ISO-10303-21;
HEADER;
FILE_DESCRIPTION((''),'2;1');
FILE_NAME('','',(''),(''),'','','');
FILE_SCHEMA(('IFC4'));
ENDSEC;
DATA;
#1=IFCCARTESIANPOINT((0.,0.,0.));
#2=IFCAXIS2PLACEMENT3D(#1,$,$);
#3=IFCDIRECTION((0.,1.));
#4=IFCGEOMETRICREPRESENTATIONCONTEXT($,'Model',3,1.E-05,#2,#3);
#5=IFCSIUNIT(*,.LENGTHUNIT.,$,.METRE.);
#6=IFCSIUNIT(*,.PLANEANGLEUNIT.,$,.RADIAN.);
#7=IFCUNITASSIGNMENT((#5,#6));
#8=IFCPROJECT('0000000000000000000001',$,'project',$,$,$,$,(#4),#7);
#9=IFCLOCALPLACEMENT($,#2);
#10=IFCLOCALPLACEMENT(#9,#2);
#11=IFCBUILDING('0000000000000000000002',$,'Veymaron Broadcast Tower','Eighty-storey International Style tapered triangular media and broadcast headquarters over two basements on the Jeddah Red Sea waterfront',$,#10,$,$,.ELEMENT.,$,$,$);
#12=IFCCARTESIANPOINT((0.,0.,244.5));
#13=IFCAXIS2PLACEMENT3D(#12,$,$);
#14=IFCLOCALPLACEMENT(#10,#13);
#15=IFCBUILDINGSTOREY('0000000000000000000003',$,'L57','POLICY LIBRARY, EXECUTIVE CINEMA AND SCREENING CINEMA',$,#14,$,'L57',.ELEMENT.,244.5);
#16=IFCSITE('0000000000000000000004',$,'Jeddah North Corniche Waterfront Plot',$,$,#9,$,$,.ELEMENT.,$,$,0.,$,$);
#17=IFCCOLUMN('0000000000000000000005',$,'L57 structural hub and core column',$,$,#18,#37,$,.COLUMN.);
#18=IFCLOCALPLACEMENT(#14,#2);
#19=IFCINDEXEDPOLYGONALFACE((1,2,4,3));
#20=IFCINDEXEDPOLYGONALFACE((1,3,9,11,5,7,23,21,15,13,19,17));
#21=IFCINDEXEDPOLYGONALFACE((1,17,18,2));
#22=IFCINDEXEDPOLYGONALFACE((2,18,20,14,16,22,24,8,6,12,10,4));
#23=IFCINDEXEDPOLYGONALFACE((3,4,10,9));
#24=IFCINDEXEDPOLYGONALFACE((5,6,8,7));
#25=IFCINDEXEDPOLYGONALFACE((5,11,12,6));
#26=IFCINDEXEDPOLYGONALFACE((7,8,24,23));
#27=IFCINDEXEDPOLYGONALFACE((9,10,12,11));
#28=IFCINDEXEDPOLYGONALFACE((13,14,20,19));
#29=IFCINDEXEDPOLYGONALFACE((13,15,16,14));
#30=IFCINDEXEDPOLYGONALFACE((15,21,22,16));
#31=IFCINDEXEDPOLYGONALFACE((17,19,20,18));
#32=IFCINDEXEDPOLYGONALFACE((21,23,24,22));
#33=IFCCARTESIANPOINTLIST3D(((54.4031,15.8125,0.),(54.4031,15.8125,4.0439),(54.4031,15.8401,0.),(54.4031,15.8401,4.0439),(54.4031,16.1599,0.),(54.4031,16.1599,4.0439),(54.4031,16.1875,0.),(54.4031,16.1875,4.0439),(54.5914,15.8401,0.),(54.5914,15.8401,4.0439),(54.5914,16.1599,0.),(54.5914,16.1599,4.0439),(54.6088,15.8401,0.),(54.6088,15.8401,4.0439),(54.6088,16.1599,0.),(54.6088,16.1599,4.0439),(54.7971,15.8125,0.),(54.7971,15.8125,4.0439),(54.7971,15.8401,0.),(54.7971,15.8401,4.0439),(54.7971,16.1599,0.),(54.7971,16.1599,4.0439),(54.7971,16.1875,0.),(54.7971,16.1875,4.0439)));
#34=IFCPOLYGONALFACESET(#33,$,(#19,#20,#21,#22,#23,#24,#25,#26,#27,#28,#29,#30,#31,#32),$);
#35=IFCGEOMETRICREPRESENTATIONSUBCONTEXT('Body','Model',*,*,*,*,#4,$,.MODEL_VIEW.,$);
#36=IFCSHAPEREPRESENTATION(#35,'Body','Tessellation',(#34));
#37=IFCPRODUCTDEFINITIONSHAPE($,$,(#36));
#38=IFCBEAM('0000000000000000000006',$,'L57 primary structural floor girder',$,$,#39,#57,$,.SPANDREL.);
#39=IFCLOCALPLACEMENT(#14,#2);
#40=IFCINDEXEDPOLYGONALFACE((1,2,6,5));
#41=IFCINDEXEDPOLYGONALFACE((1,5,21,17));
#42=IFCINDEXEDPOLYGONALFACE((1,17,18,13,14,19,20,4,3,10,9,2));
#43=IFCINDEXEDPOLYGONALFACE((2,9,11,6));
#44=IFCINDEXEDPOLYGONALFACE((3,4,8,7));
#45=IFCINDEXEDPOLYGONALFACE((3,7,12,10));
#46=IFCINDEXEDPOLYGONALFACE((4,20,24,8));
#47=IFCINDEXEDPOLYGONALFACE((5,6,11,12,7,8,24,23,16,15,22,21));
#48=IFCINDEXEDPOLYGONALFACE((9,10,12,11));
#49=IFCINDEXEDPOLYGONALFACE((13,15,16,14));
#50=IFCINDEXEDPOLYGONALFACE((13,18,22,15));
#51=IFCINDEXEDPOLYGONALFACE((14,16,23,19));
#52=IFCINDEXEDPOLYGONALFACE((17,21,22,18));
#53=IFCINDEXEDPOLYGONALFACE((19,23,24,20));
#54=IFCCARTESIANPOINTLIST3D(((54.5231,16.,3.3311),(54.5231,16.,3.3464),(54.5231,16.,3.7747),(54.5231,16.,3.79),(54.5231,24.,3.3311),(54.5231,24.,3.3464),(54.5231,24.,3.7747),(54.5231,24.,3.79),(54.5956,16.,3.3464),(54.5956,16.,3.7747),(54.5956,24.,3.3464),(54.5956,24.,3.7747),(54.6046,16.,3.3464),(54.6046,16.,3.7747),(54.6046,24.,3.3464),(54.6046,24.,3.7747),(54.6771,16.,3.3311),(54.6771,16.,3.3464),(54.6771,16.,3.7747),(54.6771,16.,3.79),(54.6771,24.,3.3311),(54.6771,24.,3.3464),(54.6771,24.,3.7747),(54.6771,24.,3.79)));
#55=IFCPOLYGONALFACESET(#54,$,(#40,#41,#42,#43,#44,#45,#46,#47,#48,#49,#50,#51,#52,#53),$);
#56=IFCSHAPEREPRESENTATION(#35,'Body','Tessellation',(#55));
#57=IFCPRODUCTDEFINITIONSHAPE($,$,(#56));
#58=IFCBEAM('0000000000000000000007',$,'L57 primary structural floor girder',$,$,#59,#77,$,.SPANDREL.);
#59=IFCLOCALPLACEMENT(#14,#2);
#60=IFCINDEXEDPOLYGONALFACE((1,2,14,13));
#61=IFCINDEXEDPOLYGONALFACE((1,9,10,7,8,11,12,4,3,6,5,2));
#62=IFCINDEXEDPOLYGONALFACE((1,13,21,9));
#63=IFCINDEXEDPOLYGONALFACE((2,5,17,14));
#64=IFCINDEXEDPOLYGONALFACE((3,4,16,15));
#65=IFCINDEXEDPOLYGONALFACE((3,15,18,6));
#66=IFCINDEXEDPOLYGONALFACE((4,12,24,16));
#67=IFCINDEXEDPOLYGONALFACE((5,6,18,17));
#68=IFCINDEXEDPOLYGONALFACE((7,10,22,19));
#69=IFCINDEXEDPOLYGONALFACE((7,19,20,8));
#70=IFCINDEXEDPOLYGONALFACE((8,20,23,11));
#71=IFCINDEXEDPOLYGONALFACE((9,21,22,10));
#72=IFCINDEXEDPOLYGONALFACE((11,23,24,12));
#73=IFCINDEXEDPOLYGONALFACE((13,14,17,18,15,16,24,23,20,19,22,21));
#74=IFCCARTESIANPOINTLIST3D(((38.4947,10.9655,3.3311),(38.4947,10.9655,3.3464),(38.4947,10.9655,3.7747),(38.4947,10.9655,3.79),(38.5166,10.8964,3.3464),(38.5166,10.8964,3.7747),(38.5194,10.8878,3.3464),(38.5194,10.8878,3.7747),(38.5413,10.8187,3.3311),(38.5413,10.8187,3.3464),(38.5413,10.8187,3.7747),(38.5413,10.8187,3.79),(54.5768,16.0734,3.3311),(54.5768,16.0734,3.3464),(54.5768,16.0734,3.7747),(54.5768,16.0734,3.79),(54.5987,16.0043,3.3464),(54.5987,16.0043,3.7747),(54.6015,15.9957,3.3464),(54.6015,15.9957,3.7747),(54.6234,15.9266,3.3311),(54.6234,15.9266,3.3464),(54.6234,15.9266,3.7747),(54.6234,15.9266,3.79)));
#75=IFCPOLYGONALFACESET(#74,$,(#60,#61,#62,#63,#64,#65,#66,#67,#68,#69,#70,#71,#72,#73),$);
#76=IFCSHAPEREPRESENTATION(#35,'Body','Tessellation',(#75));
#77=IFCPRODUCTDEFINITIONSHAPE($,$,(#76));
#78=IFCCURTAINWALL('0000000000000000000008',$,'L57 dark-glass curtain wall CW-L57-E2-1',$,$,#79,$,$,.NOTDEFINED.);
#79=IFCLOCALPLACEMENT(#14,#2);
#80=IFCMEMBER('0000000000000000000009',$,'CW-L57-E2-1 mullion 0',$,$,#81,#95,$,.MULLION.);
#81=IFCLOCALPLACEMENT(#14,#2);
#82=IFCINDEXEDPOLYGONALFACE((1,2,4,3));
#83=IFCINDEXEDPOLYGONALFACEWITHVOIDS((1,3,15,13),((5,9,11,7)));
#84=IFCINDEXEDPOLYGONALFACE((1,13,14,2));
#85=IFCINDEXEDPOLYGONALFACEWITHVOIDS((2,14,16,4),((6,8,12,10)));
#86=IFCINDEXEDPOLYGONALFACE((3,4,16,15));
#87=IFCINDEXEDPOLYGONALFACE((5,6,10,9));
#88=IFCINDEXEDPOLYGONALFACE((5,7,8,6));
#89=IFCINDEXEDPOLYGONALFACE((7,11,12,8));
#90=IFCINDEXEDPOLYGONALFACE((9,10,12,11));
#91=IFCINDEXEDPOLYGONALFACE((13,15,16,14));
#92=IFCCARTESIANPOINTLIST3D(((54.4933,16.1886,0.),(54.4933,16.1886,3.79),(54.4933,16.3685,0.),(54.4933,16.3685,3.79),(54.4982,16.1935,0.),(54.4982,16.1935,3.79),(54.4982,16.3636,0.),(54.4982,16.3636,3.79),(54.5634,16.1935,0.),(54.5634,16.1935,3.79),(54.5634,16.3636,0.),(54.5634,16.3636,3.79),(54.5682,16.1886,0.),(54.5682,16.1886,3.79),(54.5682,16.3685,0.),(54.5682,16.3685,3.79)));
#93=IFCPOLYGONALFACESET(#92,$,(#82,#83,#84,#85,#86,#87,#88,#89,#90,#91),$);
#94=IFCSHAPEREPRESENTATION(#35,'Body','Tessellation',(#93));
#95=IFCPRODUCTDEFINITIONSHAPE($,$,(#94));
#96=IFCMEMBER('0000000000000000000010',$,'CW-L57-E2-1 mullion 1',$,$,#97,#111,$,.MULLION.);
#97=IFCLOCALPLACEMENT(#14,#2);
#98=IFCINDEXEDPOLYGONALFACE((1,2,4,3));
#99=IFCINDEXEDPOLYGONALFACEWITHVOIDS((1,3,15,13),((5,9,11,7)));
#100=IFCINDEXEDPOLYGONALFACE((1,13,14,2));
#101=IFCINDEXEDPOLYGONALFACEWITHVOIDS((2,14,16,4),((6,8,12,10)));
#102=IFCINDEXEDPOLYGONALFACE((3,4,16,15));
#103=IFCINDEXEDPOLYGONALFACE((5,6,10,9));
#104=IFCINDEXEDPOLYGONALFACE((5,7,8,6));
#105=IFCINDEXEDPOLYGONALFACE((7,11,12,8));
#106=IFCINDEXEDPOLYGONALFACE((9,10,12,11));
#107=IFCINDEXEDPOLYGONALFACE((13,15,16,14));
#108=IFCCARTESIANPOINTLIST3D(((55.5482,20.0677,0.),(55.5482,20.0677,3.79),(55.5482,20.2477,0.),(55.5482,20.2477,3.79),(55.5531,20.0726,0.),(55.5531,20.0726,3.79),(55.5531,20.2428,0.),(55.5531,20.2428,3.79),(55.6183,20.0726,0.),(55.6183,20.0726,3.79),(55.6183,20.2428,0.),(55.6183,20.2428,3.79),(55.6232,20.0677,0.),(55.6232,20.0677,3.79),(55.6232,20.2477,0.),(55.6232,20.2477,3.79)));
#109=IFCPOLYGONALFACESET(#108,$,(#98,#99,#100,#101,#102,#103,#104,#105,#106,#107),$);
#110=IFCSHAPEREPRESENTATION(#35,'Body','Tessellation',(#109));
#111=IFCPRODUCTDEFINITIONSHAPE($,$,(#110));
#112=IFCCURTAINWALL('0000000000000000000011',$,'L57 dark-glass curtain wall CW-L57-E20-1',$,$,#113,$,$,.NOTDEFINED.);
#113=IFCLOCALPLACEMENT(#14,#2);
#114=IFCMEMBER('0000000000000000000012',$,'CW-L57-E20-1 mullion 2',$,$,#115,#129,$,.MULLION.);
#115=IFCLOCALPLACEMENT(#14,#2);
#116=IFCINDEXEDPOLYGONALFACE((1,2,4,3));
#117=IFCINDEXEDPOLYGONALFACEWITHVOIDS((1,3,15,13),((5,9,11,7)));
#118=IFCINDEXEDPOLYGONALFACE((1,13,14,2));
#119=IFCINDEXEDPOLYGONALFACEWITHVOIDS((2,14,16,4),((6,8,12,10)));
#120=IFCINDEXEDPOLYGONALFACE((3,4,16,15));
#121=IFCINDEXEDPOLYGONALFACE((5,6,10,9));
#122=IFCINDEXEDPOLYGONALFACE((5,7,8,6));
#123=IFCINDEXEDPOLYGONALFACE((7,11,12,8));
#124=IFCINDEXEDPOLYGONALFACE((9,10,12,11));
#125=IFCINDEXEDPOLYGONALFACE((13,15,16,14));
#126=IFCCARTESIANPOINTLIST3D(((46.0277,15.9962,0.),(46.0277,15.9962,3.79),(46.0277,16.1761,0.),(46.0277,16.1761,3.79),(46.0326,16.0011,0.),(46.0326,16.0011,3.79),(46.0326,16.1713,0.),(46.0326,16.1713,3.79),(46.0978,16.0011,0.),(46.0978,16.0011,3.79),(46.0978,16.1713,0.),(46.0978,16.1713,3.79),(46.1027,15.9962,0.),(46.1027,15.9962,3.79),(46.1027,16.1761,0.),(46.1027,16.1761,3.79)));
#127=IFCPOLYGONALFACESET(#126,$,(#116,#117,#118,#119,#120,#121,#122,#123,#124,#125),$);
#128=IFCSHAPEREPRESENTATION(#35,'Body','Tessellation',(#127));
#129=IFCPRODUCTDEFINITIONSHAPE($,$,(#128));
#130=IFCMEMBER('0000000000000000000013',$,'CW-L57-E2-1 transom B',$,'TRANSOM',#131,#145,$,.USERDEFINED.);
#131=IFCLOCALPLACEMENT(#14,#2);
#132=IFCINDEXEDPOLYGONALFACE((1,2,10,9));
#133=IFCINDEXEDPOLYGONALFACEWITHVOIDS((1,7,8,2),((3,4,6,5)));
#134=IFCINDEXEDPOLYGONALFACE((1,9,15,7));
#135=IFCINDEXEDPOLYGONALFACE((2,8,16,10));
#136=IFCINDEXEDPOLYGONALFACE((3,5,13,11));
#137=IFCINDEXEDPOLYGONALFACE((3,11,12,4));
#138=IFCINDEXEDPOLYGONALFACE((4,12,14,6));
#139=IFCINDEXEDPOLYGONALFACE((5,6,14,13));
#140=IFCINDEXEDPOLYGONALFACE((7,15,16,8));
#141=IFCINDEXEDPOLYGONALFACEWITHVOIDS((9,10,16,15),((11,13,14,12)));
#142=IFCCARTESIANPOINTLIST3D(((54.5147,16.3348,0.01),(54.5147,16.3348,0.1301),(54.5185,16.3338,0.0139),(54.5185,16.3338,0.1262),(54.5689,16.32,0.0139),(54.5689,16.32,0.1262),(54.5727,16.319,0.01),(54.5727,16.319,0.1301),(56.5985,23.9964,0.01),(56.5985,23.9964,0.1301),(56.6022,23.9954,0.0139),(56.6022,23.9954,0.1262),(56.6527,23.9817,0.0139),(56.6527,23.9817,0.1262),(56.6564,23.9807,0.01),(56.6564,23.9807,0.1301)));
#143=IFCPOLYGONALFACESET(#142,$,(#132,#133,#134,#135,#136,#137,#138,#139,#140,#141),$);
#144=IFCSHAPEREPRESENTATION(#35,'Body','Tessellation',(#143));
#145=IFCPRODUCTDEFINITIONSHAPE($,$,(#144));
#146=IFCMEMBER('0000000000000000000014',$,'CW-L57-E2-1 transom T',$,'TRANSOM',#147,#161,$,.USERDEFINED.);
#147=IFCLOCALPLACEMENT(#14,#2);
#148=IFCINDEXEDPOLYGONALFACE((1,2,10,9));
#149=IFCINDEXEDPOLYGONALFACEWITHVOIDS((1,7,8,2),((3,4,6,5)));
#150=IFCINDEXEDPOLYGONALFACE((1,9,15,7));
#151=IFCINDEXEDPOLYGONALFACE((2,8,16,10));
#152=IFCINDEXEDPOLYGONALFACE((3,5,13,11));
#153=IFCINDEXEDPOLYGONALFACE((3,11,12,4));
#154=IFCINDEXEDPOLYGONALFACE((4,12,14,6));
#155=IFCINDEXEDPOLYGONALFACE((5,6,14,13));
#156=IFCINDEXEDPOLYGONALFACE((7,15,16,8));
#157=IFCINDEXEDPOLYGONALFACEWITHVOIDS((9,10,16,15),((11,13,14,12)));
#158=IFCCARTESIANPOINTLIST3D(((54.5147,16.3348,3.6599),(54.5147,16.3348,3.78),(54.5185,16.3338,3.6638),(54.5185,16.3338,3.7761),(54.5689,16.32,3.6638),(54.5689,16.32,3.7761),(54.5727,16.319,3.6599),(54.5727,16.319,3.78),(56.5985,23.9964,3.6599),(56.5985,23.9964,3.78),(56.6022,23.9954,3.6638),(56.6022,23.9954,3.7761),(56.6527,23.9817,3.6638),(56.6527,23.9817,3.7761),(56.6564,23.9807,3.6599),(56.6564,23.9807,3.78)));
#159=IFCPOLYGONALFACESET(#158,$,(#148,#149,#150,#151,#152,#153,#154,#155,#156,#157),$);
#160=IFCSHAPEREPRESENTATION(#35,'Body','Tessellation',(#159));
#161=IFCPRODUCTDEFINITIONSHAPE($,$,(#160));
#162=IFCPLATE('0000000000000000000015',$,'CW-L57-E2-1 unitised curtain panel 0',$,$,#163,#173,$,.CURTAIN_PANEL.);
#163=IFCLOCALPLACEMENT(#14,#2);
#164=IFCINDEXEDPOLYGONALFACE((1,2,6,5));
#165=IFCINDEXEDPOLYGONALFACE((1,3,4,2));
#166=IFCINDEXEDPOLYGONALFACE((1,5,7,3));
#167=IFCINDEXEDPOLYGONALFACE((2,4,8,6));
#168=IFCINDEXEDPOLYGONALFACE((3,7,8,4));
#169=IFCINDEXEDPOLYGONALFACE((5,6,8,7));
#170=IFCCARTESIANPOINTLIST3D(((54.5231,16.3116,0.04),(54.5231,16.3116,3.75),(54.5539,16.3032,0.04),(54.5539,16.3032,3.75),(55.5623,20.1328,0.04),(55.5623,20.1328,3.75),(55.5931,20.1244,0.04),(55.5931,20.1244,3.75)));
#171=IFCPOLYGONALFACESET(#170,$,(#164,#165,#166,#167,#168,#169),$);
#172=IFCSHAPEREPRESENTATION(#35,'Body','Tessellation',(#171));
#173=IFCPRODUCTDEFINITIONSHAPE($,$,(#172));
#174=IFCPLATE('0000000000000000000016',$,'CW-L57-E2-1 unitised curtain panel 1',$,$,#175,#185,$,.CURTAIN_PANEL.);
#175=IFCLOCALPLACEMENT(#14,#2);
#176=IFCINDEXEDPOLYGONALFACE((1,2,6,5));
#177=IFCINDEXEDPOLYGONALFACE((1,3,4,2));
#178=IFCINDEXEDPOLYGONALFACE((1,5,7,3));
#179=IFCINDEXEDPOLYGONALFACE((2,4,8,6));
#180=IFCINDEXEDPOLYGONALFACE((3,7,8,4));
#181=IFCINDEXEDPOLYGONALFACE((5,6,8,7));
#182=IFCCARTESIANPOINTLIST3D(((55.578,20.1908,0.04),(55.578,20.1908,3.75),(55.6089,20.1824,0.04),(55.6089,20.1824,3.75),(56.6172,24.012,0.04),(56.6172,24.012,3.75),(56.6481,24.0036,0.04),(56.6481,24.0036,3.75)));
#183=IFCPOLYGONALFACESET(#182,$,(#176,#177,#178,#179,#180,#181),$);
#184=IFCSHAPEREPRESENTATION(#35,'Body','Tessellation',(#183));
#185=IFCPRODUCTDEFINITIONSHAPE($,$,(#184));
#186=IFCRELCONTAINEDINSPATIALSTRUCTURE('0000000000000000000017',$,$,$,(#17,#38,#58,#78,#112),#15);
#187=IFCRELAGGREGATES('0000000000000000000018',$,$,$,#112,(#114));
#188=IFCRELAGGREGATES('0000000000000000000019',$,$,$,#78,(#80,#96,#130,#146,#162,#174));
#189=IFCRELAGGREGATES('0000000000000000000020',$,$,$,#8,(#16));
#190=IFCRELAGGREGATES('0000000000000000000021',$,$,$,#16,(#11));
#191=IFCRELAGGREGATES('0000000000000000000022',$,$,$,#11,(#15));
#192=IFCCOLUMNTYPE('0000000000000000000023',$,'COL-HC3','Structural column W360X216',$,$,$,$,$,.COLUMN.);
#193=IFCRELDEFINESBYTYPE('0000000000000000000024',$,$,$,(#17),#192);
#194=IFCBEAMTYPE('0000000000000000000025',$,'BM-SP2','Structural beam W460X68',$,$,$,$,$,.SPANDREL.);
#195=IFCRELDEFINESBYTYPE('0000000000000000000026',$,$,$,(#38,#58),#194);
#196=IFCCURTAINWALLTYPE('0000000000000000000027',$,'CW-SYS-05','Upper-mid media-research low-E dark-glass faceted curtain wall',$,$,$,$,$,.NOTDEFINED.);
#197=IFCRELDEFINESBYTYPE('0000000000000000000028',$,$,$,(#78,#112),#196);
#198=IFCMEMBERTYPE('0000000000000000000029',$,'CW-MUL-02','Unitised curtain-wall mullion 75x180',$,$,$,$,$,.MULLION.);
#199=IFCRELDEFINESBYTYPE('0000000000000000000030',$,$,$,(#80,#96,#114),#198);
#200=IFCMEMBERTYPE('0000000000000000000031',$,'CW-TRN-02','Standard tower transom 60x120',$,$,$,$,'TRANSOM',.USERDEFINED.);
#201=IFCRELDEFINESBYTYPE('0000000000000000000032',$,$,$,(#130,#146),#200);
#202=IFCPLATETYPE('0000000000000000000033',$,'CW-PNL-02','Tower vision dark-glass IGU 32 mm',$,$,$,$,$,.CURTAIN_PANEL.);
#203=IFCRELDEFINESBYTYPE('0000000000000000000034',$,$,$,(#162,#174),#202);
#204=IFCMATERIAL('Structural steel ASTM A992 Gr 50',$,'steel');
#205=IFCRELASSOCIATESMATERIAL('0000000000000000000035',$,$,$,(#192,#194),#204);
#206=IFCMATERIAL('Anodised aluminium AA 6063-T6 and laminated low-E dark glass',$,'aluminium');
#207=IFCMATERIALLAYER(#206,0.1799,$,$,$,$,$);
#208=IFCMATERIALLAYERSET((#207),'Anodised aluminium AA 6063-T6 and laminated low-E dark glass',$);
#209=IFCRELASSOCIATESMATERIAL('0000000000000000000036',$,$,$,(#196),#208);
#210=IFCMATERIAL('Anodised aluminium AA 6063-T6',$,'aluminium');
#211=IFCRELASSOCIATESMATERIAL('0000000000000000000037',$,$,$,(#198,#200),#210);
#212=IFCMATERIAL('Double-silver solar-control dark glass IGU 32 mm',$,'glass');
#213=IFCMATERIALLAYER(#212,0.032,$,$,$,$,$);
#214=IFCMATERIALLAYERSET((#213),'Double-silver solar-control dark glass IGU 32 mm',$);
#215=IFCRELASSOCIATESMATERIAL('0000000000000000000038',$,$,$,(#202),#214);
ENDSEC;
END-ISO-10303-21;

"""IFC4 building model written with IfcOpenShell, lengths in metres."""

from ifc_helpers import new_model, si_unit, direction, frame, origin, origin_2d, place, context, subcontext, project, spatial, rectangle, hollow_rectangle, i_section, extrude, material, layer, layer_set, material_profile, profile_set, type_object, element, aggregate, save


model = new_model("IFC4")

# Units and contexts
model_context = context("Model", 3, precision=1e-05, world=origin(), true_north=direction((0.0, 1.0)))
body_context = subcontext(model_context, "Body", "Model", "MODEL_VIEW")
ifc_project = project(units=[si_unit("LENGTHUNIT", "METRE"), si_unit("PLANEANGLEUNIT", "RADIAN")], contexts=[model_context])

# Site, building, storey
site_placement = place(None, origin())
site = spatial("IfcSite", under=ifc_project, at=site_placement, Name="Jeddah North Corniche Waterfront Plot", CompositionType="ELEMENT", RefElevation=0.0)
building_placement = place(site_placement, origin())
building = spatial("IfcBuilding", under=site, at=building_placement, Name="Veymaron Broadcast Tower", Description="Eighty-storey International Style tapered triangular media and broadcast headquarters over two basements on the Jeddah Red Sea waterfront", CompositionType="ELEMENT")
storey_placement = place(building_placement, frame((0.0, 0.0, 244.5)))
storey = spatial("IfcBuildingStorey", under=building, at=storey_placement, Name="L57", Description="POLICY LIBRARY, EXECUTIVE CINEMA AND SCREENING CINEMA", LongName="L57", CompositionType="ELEMENT", Elevation=244.5)

# Column
ifc_material_1 = material(Name="Structural steel ASTM A992 Gr 50", Category="steel")
ifc_material_profile_1 = material_profile(ifc_material_1, i_section(OverallWidth=0.394, OverallDepth=0.375, WebThickness=0.0173, FlangeThickness=0.0276, at=origin_2d()), Name="W360X216")
ifc_profile_set_1 = profile_set([ifc_material_profile_1], Name="Structural steel ASTM A992 Gr 50")
column_type = type_object("IfcColumnType", Name="COL-HC3", Description="Structural column W360X216", PredefinedType="COLUMN", material=ifc_profile_set_1)
column_placement = place(storey_placement, frame((54.6001, 16.0, 0.0), z_axis=(0.0, 0.0, 1.0), x_axis=(1.0, 0.0, 0.0)))
element("IfcColumn", 1, at=column_placement, inside=storey, type_object=column_type, Name="L57 structural hub and core column", PredefinedType="COLUMN", context=body_context, shape_type="SweptSolid", body=[
    extrude(i_section(OverallWidth=0.394, OverallDepth=0.375, WebThickness=0.0173, FlangeThickness=0.0276, at=origin_2d()), origin(), (0.0, 0.0, 1.0), 4.0439),
])

# Beams
ifc_material_profile_2 = material_profile(ifc_material_1, i_section(OverallWidth=0.1541, OverallDepth=0.459, WebThickness=0.009, FlangeThickness=0.0154, at=origin_2d()), Name="W460X68")
ifc_profile_set_2 = profile_set([ifc_material_profile_2], Name="Structural steel ASTM A992 Gr 50")
beam_type = type_object("IfcBeamType", Name="BM-SP2", Description="Structural beam W460X68", PredefinedType="SPANDREL", material=ifc_profile_set_2)
beam_1_placement = place(storey_placement, frame((54.6001, 16.0, 3.5605), z_axis=(0.0, 1.0, 0.0), x_axis=(-1.0, 0.0, 0.0)))
element("IfcBeam", 2, at=beam_1_placement, inside=storey, type_object=beam_type, Name="L57 primary structural floor girder", PredefinedType="SPANDREL", context=body_context, shape_type="SweptSolid", body=[
    extrude(i_section(OverallWidth=0.1541, OverallDepth=0.459, WebThickness=0.009, FlangeThickness=0.0154, at=origin_2d()), origin(), (0.0, 0.0, 1.0), 8.0),
])
beam_2_placement = place(storey_placement, frame((54.6001, 16.0, 3.5605), z_axis=(-0.953081, -0.302714, 0.0), x_axis=(0.302714, -0.953081, 0.0)))
element("IfcBeam", 3, at=beam_2_placement, inside=storey, type_object=beam_type, Name="L57 primary structural floor girder", PredefinedType="SPANDREL", context=body_context, shape_type="SweptSolid", body=[
    extrude(i_section(OverallWidth=0.1541, OverallDepth=0.459, WebThickness=0.009, FlangeThickness=0.0154, at=origin_2d()), origin(), (0.0, 0.0, 1.0), 16.8738),
])

# Curtain wall, members
ifc_material_2 = material(Name="Anodised aluminium AA 6063-T6 and laminated low-E dark glass", Category="aluminium")
ifc_layer_1 = layer(ifc_material_2, 0.1799)
ifc_layer_set_1 = layer_set([ifc_layer_1], Name="Anodised aluminium AA 6063-T6 and laminated low-E dark glass")
curtain_wall_type = type_object("IfcCurtainWallType", Name="CW-SYS-05", Description="Upper-mid media-research low-E dark-glass faceted curtain wall", PredefinedType="NOTDEFINED", material=ifc_layer_set_1)
curtain_wall_1_placement = place(storey_placement, origin())
curtain_wall_1 = element("IfcCurtainWall", 4, at=curtain_wall_1_placement, inside=storey, type_object=curtain_wall_type, Name="L57 dark-glass curtain wall CW-L57-E2-1", PredefinedType="NOTDEFINED")
ifc_material_3 = material(Name="Anodised aluminium AA 6063-T6", Category="aluminium")
ifc_material_profile_3 = material_profile(ifc_material_3, hollow_rectangle(XDim=0.075, YDim=0.1799, WallThickness=0.0049, at=origin_2d()), Name="AL180X75X5")
ifc_profile_set_3 = profile_set([ifc_material_profile_3], Name="Anodised aluminium AA 6063-T6")
member_type_1 = type_object("IfcMemberType", Name="CW-MUL-02", Description="Unitised curtain-wall mullion 75x180", PredefinedType="MULLION", material=ifc_profile_set_3)
member_1_placement = place(storey_placement, frame((54.5308, 16.2786, 0.0), z_axis=(0.0, 0.0, 1.0), x_axis=(1.0, 0.0, 0.0)))
member_1 = element("IfcMember", 5, at=member_1_placement, type_object=member_type_1, Name="CW-L57-E2-1 mullion 0", PredefinedType="MULLION", context=body_context, shape_type="SweptSolid", body=[
    extrude(hollow_rectangle(XDim=0.075, YDim=0.1799, WallThickness=0.0049, at=origin_2d()), origin(), (0.0, 0.0, 1.0), 3.79),
])
member_2_placement = place(storey_placement, frame((55.5857, 20.1577, 0.0), z_axis=(0.0, 0.0, 1.0), x_axis=(1.0, 0.0, 0.0)))
member_2 = element("IfcMember", 6, at=member_2_placement, type_object=member_type_1, Name="CW-L57-E2-1 mullion 1", PredefinedType="MULLION", context=body_context, shape_type="SweptSolid", body=[
    extrude(hollow_rectangle(XDim=0.075, YDim=0.1799, WallThickness=0.0049, at=origin_2d()), origin(), (0.0, 0.0, 1.0), 3.79),
])

# Curtain wall, member
curtain_wall_2_placement = place(storey_placement, origin())
curtain_wall_2 = element("IfcCurtainWall", 7, at=curtain_wall_2_placement, inside=storey, type_object=curtain_wall_type, Name="L57 dark-glass curtain wall CW-L57-E20-1", PredefinedType="NOTDEFINED")
member_3_placement = place(storey_placement, frame((46.0652, 16.0862, 0.0), z_axis=(0.0, 0.0, 1.0), x_axis=(1.0, 0.0, 0.0)))
member_3 = element("IfcMember", 8, at=member_3_placement, type_object=member_type_1, Name="CW-L57-E20-1 mullion 2", PredefinedType="MULLION", context=body_context, shape_type="SweptSolid", body=[
    extrude(hollow_rectangle(XDim=0.075, YDim=0.1799, WallThickness=0.0049, at=origin_2d()), origin(), (0.0, 0.0, 1.0), 3.79),
])
aggregate(curtain_wall_2, [member_3])

# Members
ifc_material_profile_4 = material_profile(ifc_material_3, hollow_rectangle(XDim=0.0601, YDim=0.1201, WallThickness=0.0039, at=origin_2d()), Name="AL120X60X4")
ifc_profile_set_4 = profile_set([ifc_material_profile_4], Name="Anodised aluminium AA 6063-T6")
member_type_2 = type_object("IfcMemberType", Name="CW-TRN-02", Description="Standard tower transom 60x120", ElementType="TRANSOM", PredefinedType="USERDEFINED", material=ifc_profile_set_4)
member_4_placement = place(storey_placement, frame((54.5437, 16.3269, 0.0701), z_axis=(0.262438, 0.964949, 0.0), x_axis=(-0.964949, 0.262438, 0.0)))
member_4 = element("IfcMember", 9, at=member_4_placement, type_object=member_type_2, Name="CW-L57-E2-1 transom B", ObjectType="TRANSOM", PredefinedType="USERDEFINED", context=body_context, shape_type="SweptSolid", body=[
    extrude(hollow_rectangle(XDim=0.0601, YDim=0.1201, WallThickness=0.0039, at=origin_2d()), origin(), (0.0, 0.0, 1.0), 7.9399),
])
member_5_placement = place(storey_placement, frame((54.5437, 16.3269, 3.72), z_axis=(0.262438, 0.964949, 0.0), x_axis=(-0.964949, 0.262438, 0.0)))
member_5 = element("IfcMember", 10, at=member_5_placement, type_object=member_type_2, Name="CW-L57-E2-1 transom T", ObjectType="TRANSOM", PredefinedType="USERDEFINED", context=body_context, shape_type="SweptSolid", body=[
    extrude(hollow_rectangle(XDim=0.0601, YDim=0.1201, WallThickness=0.0039, at=origin_2d()), origin(), (0.0, 0.0, 1.0), 7.9399),
])

# Plates
ifc_material_4 = material(Name="Double-silver solar-control dark glass IGU 32 mm", Category="glass")
ifc_layer_2 = layer(ifc_material_4, 0.032)
ifc_layer_set_2 = layer_set([ifc_layer_2], Name="Double-silver solar-control dark glass IGU 32 mm")
plate_type = type_object("IfcPlateType", Name="CW-PNL-02", Description="Tower vision dark-glass IGU 32 mm", PredefinedType="CURTAIN_PANEL", material=ifc_layer_set_2)
plate_1_placement = place(storey_placement, frame((55.0581, 18.218, 0.04), z_axis=(0.0, 0.0, 1.0), x_axis=(0.262425, 0.964952, 0.0)))
plate_1 = element("IfcPlate", 11, at=plate_1_placement, type_object=plate_type, Name="CW-L57-E2-1 unitised curtain panel 0", PredefinedType="CURTAIN_PANEL", context=body_context, shape_type="SweptSolid", body=[
    extrude(rectangle(XDim=3.96, YDim=0.032, at=origin_2d()), origin(), (0.0, 0.0, 1.0), 3.71),
])
plate_2_placement = place(storey_placement, frame((56.113, 22.0972, 0.04), z_axis=(0.0, 0.0, 1.0), x_axis=(0.262425, 0.964952, 0.0)))
plate_2 = element("IfcPlate", 12, at=plate_2_placement, type_object=plate_type, Name="CW-L57-E2-1 unitised curtain panel 1", PredefinedType="CURTAIN_PANEL", context=body_context, shape_type="SweptSolid", body=[
    extrude(rectangle(XDim=3.96, YDim=0.032, at=origin_2d()), origin(), (0.0, 0.0, 1.0), 3.71),
])
aggregate(curtain_wall_1, [member_1, member_2, member_4, member_5, plate_1, plate_2])

save(model, "model.ifc")
